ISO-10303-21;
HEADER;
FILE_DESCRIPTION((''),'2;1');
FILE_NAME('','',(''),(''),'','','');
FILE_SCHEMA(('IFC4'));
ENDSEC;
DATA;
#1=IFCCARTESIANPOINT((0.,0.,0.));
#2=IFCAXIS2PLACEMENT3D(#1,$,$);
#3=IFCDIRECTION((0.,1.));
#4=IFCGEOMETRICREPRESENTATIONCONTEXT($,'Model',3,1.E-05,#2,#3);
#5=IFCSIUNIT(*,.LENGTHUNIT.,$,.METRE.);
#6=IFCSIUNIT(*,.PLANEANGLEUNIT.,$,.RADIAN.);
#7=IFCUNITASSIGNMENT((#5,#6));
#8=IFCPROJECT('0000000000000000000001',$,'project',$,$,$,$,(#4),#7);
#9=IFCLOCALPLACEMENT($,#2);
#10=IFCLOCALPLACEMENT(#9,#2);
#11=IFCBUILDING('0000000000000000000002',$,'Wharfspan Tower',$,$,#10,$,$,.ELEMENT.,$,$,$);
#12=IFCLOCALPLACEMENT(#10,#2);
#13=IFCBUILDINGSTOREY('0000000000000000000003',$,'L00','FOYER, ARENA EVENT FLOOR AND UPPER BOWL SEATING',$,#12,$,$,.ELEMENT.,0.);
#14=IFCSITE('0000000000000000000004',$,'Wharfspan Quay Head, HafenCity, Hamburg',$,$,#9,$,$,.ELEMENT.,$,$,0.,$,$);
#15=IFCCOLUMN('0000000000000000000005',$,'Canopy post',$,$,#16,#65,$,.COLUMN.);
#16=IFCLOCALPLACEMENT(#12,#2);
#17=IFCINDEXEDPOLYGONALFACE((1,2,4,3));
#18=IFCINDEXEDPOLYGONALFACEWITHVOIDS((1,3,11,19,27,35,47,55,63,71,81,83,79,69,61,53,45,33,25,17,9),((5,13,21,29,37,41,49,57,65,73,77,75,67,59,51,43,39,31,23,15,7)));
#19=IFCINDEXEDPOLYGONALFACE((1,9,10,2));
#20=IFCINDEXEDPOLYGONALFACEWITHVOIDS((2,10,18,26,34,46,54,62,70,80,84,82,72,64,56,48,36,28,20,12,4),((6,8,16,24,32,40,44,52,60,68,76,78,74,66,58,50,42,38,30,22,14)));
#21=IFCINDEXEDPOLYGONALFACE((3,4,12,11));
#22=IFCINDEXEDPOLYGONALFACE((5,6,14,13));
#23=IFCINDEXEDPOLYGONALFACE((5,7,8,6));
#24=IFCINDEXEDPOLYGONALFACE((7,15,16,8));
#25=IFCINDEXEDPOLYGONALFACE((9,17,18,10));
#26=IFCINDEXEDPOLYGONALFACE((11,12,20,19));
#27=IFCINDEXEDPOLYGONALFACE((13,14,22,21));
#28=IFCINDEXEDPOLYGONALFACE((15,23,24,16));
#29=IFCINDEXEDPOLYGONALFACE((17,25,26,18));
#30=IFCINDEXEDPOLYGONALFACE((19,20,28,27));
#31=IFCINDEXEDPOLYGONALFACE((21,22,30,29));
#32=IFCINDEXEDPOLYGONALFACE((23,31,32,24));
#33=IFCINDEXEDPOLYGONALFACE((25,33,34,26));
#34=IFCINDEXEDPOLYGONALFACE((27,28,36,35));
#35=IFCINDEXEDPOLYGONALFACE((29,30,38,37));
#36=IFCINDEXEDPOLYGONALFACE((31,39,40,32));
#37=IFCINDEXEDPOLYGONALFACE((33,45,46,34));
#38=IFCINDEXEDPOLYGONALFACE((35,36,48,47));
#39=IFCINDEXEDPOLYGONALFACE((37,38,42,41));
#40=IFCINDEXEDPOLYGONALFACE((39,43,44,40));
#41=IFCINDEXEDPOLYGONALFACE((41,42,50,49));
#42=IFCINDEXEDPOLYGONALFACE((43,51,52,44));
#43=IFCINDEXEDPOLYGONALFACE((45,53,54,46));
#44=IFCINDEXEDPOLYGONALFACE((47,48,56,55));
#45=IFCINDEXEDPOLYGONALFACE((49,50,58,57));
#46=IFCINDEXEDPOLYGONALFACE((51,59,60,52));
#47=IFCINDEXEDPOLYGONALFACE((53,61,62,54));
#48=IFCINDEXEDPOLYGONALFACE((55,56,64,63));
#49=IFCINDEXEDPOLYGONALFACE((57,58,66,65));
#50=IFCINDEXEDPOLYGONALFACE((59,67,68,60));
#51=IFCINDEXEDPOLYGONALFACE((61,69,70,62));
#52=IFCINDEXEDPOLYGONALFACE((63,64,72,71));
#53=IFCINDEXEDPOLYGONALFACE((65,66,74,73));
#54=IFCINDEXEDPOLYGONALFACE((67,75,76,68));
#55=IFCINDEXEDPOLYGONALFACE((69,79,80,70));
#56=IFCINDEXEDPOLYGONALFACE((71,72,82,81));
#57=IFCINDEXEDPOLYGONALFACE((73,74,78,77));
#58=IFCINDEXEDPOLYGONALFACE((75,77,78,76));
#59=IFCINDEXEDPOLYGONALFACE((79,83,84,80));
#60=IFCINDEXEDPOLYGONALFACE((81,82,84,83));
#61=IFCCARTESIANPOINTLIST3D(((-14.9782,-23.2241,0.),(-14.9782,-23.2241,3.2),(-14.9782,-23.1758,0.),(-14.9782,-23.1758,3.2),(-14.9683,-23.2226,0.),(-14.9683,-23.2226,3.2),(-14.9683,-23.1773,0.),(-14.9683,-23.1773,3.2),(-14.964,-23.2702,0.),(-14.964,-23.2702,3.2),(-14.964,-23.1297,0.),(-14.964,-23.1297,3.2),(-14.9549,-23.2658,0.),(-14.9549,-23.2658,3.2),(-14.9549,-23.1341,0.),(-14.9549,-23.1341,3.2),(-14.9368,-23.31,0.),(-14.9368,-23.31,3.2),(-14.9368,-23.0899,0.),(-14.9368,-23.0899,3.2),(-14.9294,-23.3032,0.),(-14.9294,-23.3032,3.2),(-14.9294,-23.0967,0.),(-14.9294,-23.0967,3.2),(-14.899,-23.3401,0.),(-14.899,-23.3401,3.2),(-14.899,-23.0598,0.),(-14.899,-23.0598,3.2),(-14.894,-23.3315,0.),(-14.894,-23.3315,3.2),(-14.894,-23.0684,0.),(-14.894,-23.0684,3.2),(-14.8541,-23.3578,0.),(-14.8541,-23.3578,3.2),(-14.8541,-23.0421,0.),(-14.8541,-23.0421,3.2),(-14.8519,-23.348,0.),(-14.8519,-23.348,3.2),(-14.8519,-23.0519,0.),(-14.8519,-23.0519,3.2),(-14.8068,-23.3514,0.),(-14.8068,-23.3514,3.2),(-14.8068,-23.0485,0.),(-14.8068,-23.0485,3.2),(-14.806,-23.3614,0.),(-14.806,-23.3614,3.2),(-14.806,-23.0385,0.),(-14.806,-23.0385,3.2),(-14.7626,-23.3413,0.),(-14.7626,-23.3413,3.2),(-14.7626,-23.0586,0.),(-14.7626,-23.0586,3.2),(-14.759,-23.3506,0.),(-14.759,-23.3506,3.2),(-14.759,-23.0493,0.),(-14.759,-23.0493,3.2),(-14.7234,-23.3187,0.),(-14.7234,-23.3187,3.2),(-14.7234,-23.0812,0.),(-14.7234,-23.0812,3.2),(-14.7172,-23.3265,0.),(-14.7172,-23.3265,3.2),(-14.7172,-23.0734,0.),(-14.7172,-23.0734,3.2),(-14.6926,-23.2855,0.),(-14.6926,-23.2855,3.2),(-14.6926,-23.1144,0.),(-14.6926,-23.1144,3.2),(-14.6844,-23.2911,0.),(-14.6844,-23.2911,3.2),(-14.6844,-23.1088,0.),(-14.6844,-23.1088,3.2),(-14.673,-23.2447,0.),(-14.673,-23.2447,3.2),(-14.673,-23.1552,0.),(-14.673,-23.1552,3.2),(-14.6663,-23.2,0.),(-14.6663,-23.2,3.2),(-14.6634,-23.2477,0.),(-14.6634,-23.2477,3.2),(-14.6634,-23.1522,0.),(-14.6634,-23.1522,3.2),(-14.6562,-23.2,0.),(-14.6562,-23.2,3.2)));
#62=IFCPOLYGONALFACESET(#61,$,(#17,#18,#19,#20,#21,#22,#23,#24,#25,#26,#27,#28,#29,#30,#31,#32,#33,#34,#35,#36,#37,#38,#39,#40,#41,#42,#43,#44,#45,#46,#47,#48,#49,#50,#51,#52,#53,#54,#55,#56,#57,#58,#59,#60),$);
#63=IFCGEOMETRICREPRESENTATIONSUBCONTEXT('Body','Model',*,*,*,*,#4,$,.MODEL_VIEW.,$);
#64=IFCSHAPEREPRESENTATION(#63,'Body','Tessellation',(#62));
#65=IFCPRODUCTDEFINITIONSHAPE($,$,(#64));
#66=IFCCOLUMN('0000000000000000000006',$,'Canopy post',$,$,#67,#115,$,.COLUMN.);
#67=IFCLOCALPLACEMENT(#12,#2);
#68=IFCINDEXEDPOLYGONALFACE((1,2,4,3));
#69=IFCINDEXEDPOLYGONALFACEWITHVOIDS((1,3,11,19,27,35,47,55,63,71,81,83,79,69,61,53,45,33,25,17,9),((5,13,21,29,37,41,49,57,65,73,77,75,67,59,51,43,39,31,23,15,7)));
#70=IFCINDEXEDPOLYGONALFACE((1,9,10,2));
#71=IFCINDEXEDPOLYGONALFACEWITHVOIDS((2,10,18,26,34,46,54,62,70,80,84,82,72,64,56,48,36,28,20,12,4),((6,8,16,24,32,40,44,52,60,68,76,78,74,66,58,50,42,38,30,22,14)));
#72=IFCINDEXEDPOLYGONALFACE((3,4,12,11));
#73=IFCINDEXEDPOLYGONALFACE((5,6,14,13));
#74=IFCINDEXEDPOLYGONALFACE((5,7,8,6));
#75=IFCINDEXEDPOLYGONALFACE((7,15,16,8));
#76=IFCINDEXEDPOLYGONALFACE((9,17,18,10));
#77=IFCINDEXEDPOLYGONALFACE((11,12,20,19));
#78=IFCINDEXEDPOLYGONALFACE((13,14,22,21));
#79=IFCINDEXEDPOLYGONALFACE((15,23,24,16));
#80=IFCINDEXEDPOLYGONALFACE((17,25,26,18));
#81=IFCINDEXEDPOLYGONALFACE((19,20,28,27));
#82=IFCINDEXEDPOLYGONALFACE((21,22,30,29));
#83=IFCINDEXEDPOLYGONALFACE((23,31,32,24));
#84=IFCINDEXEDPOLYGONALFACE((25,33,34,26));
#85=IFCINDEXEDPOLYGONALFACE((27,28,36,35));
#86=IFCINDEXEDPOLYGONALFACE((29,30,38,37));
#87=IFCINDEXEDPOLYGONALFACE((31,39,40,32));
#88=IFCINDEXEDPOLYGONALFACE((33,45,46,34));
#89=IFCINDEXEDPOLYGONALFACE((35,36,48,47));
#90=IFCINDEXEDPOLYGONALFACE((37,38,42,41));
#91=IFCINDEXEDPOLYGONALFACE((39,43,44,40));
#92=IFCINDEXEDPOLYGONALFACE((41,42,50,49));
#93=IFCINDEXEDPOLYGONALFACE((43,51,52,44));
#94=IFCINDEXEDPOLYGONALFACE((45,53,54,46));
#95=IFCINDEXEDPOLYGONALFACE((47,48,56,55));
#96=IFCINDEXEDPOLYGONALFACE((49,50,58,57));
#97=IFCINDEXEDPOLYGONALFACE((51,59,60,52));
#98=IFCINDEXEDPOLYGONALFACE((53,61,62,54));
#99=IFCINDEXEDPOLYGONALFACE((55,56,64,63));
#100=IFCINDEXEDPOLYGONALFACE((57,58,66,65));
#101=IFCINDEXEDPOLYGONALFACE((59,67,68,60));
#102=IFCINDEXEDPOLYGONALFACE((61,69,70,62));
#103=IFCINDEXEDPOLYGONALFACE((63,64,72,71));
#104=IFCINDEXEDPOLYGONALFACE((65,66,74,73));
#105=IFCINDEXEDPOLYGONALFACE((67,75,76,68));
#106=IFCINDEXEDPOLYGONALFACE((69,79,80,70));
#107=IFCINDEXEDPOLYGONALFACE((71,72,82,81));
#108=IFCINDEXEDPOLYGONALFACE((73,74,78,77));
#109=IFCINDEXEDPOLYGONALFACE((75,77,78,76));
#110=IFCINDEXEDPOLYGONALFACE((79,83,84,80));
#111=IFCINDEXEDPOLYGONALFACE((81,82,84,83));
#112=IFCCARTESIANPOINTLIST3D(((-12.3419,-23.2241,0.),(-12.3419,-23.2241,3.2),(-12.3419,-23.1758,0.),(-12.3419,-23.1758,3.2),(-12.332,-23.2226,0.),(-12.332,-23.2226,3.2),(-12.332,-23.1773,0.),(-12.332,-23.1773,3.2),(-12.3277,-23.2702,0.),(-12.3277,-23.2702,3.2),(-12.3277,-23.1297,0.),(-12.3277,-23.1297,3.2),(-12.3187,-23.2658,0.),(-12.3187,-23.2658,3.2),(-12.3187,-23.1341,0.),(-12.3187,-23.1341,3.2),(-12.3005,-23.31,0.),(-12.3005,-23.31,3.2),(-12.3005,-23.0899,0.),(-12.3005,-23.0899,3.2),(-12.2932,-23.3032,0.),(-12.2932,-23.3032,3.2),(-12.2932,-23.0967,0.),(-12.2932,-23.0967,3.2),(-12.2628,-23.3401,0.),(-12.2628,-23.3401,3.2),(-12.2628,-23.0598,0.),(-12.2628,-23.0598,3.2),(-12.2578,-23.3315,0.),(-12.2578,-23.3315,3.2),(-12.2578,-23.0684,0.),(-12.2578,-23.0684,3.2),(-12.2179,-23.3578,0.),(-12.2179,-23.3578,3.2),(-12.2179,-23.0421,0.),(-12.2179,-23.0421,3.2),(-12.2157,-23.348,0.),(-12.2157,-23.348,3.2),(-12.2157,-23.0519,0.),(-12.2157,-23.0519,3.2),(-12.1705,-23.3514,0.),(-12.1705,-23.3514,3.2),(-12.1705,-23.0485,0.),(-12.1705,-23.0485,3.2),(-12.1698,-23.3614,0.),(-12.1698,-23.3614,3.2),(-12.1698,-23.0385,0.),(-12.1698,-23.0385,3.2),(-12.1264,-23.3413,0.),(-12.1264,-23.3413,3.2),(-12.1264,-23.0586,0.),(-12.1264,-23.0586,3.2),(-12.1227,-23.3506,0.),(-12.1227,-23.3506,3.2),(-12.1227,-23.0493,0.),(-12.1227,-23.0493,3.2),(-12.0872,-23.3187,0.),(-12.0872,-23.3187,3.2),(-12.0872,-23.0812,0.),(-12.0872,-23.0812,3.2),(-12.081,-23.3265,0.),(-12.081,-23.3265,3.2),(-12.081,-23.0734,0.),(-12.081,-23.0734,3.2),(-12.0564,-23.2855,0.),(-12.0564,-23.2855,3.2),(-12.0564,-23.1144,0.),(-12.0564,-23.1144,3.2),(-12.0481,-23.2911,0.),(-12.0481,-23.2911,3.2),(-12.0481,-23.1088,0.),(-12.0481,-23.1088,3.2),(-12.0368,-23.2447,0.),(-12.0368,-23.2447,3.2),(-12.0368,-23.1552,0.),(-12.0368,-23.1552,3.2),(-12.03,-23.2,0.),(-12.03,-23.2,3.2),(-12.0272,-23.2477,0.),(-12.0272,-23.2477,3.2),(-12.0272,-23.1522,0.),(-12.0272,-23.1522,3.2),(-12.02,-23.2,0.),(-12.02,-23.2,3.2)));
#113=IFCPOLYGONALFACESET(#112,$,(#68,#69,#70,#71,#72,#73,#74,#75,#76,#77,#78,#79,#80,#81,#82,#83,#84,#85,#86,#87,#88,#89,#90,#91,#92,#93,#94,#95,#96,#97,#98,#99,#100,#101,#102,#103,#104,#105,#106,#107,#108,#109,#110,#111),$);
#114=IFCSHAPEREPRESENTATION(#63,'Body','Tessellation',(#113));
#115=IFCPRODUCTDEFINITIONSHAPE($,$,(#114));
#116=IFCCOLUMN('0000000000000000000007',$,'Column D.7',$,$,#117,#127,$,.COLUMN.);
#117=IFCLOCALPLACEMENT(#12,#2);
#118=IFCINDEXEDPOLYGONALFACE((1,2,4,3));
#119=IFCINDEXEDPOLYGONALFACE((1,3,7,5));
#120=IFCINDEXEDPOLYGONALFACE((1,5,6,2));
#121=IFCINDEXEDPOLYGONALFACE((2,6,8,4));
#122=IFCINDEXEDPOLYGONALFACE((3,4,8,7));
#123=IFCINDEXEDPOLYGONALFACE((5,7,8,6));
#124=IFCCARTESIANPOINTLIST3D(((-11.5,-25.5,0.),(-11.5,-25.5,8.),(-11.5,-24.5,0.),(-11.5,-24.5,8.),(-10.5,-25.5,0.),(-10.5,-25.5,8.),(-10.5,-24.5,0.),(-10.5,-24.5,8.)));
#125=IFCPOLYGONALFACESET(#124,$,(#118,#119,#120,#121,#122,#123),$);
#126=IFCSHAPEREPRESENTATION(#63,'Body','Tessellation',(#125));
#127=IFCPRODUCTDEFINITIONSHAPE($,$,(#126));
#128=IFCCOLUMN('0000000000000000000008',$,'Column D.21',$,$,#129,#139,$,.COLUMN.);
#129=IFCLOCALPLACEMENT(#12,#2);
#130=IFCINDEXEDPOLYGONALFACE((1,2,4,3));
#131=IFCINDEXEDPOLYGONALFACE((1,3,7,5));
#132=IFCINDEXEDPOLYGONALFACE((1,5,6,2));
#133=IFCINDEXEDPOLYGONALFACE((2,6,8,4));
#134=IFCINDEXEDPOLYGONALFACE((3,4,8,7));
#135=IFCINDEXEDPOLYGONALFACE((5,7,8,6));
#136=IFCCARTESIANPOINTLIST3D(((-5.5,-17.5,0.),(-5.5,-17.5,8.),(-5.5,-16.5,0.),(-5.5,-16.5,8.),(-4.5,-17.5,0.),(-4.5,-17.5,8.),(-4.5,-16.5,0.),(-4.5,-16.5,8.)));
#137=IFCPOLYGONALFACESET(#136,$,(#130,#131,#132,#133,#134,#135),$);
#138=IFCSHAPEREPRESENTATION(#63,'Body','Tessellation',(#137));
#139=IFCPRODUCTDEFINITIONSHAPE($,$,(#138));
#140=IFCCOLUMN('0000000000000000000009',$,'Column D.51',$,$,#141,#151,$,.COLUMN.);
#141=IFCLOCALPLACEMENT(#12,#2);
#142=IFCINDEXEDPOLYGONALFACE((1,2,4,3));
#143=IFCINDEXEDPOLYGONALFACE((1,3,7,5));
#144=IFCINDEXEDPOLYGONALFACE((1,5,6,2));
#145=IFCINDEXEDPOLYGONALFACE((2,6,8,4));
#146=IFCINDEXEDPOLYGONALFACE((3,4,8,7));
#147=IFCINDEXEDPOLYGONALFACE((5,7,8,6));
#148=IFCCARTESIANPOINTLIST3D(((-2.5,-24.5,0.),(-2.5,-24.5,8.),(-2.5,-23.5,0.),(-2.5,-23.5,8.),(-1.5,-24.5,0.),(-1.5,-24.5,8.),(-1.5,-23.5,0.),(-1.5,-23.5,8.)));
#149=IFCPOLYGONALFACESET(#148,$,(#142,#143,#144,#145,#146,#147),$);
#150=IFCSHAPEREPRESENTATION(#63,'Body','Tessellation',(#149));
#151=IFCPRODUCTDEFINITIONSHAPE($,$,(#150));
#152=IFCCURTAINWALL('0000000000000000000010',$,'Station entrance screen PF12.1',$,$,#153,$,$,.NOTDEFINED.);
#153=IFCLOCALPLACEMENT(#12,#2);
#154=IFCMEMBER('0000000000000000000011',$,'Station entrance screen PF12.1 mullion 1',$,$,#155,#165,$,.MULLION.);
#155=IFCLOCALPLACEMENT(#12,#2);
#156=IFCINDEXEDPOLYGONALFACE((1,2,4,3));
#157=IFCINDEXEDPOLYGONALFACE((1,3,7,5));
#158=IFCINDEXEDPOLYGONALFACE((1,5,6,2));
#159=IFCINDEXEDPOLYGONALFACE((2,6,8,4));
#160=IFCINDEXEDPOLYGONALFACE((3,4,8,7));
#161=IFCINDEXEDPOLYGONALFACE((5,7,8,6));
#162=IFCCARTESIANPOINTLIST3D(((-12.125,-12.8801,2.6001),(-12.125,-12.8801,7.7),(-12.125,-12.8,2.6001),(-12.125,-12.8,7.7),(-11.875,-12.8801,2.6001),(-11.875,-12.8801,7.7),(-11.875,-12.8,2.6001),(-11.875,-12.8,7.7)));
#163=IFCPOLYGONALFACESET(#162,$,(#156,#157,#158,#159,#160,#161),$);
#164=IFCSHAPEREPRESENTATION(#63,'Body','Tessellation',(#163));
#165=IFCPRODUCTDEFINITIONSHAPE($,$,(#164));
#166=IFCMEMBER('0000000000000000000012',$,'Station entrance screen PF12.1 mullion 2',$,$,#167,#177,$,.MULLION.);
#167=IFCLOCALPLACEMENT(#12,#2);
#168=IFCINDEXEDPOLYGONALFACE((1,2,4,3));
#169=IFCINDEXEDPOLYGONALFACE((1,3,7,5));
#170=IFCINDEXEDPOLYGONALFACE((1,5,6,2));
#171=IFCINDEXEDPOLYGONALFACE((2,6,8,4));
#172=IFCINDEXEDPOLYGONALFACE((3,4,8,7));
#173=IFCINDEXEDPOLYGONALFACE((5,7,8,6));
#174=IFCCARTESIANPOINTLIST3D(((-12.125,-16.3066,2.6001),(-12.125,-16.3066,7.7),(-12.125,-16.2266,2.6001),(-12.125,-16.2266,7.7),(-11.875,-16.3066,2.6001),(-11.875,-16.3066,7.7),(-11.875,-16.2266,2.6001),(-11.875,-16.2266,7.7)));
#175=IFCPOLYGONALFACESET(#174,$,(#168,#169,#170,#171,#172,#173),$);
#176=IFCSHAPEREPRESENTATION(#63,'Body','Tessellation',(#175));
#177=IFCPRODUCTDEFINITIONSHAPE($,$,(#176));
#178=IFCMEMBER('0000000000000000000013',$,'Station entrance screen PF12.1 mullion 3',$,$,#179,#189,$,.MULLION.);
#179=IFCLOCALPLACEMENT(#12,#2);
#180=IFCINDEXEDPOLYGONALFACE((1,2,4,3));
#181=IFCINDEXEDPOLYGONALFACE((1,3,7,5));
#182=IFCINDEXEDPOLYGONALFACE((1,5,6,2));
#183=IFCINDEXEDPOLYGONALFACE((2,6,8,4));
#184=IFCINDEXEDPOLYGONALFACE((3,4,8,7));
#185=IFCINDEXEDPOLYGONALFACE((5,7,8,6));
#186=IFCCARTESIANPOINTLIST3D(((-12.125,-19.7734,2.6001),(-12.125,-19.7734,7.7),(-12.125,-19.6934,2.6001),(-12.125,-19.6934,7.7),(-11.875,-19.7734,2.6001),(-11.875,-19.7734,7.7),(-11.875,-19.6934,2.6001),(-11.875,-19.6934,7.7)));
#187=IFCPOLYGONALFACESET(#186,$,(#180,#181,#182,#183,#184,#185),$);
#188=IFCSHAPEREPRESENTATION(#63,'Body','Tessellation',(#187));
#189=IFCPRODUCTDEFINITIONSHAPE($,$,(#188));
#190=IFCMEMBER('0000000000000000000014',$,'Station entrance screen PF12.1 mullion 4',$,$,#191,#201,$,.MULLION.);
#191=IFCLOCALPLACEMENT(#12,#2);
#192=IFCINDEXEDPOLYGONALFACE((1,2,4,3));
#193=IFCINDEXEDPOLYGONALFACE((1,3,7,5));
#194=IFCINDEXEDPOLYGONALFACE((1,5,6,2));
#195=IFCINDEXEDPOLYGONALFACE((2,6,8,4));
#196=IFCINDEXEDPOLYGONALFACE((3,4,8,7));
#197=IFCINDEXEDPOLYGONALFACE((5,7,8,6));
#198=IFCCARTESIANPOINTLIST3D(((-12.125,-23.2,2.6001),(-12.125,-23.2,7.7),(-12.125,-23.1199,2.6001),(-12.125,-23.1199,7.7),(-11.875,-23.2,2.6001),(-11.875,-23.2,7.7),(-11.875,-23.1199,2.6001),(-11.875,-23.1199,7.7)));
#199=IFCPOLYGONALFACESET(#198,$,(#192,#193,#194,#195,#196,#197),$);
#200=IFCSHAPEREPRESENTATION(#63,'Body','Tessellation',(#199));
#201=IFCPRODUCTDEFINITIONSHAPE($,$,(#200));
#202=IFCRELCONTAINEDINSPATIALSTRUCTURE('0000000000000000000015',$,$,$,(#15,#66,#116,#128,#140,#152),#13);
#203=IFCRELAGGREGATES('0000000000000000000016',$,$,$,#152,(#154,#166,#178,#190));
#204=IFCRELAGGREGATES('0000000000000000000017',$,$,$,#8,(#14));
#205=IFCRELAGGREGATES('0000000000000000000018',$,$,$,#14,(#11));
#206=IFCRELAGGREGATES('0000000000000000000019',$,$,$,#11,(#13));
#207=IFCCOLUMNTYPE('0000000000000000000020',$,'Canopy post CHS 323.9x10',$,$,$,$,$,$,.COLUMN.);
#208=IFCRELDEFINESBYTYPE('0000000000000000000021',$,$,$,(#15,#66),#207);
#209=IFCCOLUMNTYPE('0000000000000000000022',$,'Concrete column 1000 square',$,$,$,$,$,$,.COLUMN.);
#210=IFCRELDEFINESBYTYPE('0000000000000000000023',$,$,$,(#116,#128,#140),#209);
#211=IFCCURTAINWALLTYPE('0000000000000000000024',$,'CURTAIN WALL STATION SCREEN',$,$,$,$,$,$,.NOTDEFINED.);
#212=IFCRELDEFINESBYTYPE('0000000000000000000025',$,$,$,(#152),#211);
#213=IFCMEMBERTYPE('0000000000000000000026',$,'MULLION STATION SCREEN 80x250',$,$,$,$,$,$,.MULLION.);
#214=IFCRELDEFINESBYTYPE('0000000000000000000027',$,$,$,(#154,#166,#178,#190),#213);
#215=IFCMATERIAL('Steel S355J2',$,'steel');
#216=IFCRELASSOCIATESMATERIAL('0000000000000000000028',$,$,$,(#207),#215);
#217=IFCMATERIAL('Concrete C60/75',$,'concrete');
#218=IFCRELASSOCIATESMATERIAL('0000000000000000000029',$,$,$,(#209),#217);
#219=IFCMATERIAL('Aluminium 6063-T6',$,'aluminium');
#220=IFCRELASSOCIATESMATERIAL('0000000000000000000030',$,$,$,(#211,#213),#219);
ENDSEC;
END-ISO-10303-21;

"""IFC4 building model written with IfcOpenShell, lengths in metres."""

from ifc_helpers import new_model, si_unit, direction, frame, origin, origin_2d, place, context, subcontext, project, spatial, rectangle, hollow_circle, extrude, material, material_profile, profile_set, type_object, element, aggregate, save


model = new_model("IFC4")

# Units and contexts
model_context = context("Model", 3, precision=1e-05, world=origin(), true_north=direction((0.0, 1.0)))
body_context = subcontext(model_context, "Body", "Model", "MODEL_VIEW")
ifc_project = project(units=[si_unit("LENGTHUNIT", "METRE"), si_unit("PLANEANGLEUNIT", "RADIAN")], contexts=[model_context])

# Site, building, storey
site_placement = place(None, origin())
site = spatial("IfcSite", under=ifc_project, at=site_placement, Name="Wharfspan Quay Head, HafenCity, Hamburg", CompositionType="ELEMENT", RefElevation=0.0)
building_placement = place(site_placement, origin())
building = spatial("IfcBuilding", under=site, at=building_placement, Name="Wharfspan Tower", CompositionType="ELEMENT")
storey_placement = place(building_placement, origin())
storey = spatial("IfcBuildingStorey", under=building, at=storey_placement, Name="L00", Description="FOYER, ARENA EVENT FLOOR AND UPPER BOWL SEATING", CompositionType="ELEMENT", Elevation=0.0)

# Columns
ifc_material_1 = material(Name="Steel S355J2", Category="steel")
ifc_material_profile_1 = material_profile(ifc_material_1, hollow_circle(Radius=0.1619, WallThickness=0.01, at=origin_2d()))
ifc_profile_set_1 = profile_set([ifc_material_profile_1], Name="Steel S355J2")
column_type_1 = type_object("IfcColumnType", Name="Canopy post CHS 323.9x10", PredefinedType="COLUMN", material=ifc_profile_set_1)
for number, where, z_axis, x_axis, name in (
    (1, (-14.8181, -23.2, 0.0), (0.0, 0.0, 1.0), (1.0, 0.0, 0.0), "Canopy post"),
    (2, (-12.1819, -23.2, 0.0), (0.0, 0.0, 1.0), (1.0, 0.0, 0.0), "Canopy post"),
):
    element("IfcColumn", number, at=place(storey_placement, frame(where, z_axis=z_axis, x_axis=x_axis)), inside=storey, type_object=column_type_1, Name=name, PredefinedType="COLUMN", context=body_context, shape_type="SweptSolid", body=[
        extrude(hollow_circle(Radius=0.1619, WallThickness=0.01, at=origin_2d()), origin(), (0.0, 0.0, 1.0), 3.2),
    ])
ifc_material_2 = material(Name="Concrete C60/75", Category="concrete")
ifc_material_profile_2 = material_profile(ifc_material_2, rectangle(XDim=1.0, YDim=1.0, at=origin_2d()))
ifc_profile_set_2 = profile_set([ifc_material_profile_2], Name="Concrete C60/75")
column_type_2 = type_object("IfcColumnType", Name="Concrete column 1000 square", PredefinedType="COLUMN", material=ifc_profile_set_2)
for number, where, z_axis, x_axis, name in (
    (3, (-11.0, -25.0, 0.0), (0.0, 0.0, 1.0), (1.0, 0.0, 0.0), "Column D.7"),
    (4, (-5.0, -17.0, 0.0), (0.0, 0.0, 1.0), (1.0, 0.0, 0.0), "Column D.21"),
    (5, (-2.0, -24.0, 0.0), (0.0, 0.0, 1.0), (1.0, 0.0, 0.0), "Column D.51"),
):
    element("IfcColumn", number, at=place(storey_placement, frame(where, z_axis=z_axis, x_axis=x_axis)), inside=storey, type_object=column_type_2, Name=name, PredefinedType="COLUMN", context=body_context, shape_type="SweptSolid", body=[
        extrude(rectangle(XDim=1.0, YDim=1.0, at=origin_2d()), origin(), (0.0, 0.0, 1.0), 8.0),
    ])

# Curtain wall, members
ifc_material_3 = material(Name="Aluminium 6063-T6", Category="aluminium")
curtain_wall_type = type_object("IfcCurtainWallType", Name="CURTAIN WALL STATION SCREEN", PredefinedType="NOTDEFINED", material=ifc_material_3)
curtain_wall_placement = place(storey_placement, origin())
curtain_wall = element("IfcCurtainWall", 6, at=curtain_wall_placement, inside=storey, type_object=curtain_wall_type, Name="Station entrance screen PF12.1", PredefinedType="NOTDEFINED")
ifc_material_profile_3 = material_profile(ifc_material_3, rectangle(XDim=0.25, YDim=0.0801, at=origin_2d()))
ifc_profile_set_3 = profile_set([ifc_material_profile_3], Name="Aluminium 6063-T6")
member_type_1 = type_object("IfcMemberType", Name="MULLION STATION SCREEN 80x250", PredefinedType="MULLION", material=ifc_profile_set_3)
member_1_placement = place(storey_placement, frame((-12.0, -12.8401, 2.6001), z_axis=(0.0, 0.0, 1.0), x_axis=(1.0, 0.0, 0.0)))
member_1 = element("IfcMember", 7, at=member_1_placement, type_object=member_type_1, Name="Station entrance screen PF12.1 mullion 1", PredefinedType="MULLION", context=body_context, shape_type="SweptSolid", body=[
    extrude(rectangle(XDim=0.25, YDim=0.0801, at=origin_2d()), origin(), (0.0, 0.0, 1.0), 5.0999),
])
member_2_placement = place(storey_placement, frame((-12.0, -16.2666, 2.6001), z_axis=(0.0, 0.0, 1.0), x_axis=(1.0, 0.0, 0.0)))
member_2 = element("IfcMember", 8, at=member_2_placement, type_object=member_type_1, Name="Station entrance screen PF12.1 mullion 2", PredefinedType="MULLION", context=body_context, shape_type="SweptSolid", body=[
    extrude(rectangle(XDim=0.25, YDim=0.0801, at=origin_2d()), origin(), (0.0, 0.0, 1.0), 5.0999),
])
member_3_placement = place(storey_placement, frame((-12.0, -19.7334, 2.6001), z_axis=(0.0, 0.0, 1.0), x_axis=(1.0, 0.0, 0.0)))
member_3 = element("IfcMember", 9, at=member_3_placement, type_object=member_type_1, Name="Station entrance screen PF12.1 mullion 3", PredefinedType="MULLION", context=body_context, shape_type="SweptSolid", body=[
    extrude(rectangle(XDim=0.25, YDim=0.0801, at=origin_2d()), origin(), (0.0, 0.0, 1.0), 5.0999),
])
member_4_placement = place(storey_placement, frame((-12.0, -23.1599, 2.6001), z_axis=(0.0, 0.0, 1.0), x_axis=(1.0, 0.0, 0.0)))
member_4 = element("IfcMember", 10, at=member_4_placement, type_object=member_type_1, Name="Station entrance screen PF12.1 mullion 4", PredefinedType="MULLION", context=body_context, shape_type="SweptSolid", body=[
    extrude(rectangle(XDim=0.25, YDim=0.0801, at=origin_2d()), origin(), (0.0, 0.0, 1.0), 5.0999),
])
aggregate(curtain_wall, [member_1, member_2, member_3, member_4])

save(model, "model.ifc")
